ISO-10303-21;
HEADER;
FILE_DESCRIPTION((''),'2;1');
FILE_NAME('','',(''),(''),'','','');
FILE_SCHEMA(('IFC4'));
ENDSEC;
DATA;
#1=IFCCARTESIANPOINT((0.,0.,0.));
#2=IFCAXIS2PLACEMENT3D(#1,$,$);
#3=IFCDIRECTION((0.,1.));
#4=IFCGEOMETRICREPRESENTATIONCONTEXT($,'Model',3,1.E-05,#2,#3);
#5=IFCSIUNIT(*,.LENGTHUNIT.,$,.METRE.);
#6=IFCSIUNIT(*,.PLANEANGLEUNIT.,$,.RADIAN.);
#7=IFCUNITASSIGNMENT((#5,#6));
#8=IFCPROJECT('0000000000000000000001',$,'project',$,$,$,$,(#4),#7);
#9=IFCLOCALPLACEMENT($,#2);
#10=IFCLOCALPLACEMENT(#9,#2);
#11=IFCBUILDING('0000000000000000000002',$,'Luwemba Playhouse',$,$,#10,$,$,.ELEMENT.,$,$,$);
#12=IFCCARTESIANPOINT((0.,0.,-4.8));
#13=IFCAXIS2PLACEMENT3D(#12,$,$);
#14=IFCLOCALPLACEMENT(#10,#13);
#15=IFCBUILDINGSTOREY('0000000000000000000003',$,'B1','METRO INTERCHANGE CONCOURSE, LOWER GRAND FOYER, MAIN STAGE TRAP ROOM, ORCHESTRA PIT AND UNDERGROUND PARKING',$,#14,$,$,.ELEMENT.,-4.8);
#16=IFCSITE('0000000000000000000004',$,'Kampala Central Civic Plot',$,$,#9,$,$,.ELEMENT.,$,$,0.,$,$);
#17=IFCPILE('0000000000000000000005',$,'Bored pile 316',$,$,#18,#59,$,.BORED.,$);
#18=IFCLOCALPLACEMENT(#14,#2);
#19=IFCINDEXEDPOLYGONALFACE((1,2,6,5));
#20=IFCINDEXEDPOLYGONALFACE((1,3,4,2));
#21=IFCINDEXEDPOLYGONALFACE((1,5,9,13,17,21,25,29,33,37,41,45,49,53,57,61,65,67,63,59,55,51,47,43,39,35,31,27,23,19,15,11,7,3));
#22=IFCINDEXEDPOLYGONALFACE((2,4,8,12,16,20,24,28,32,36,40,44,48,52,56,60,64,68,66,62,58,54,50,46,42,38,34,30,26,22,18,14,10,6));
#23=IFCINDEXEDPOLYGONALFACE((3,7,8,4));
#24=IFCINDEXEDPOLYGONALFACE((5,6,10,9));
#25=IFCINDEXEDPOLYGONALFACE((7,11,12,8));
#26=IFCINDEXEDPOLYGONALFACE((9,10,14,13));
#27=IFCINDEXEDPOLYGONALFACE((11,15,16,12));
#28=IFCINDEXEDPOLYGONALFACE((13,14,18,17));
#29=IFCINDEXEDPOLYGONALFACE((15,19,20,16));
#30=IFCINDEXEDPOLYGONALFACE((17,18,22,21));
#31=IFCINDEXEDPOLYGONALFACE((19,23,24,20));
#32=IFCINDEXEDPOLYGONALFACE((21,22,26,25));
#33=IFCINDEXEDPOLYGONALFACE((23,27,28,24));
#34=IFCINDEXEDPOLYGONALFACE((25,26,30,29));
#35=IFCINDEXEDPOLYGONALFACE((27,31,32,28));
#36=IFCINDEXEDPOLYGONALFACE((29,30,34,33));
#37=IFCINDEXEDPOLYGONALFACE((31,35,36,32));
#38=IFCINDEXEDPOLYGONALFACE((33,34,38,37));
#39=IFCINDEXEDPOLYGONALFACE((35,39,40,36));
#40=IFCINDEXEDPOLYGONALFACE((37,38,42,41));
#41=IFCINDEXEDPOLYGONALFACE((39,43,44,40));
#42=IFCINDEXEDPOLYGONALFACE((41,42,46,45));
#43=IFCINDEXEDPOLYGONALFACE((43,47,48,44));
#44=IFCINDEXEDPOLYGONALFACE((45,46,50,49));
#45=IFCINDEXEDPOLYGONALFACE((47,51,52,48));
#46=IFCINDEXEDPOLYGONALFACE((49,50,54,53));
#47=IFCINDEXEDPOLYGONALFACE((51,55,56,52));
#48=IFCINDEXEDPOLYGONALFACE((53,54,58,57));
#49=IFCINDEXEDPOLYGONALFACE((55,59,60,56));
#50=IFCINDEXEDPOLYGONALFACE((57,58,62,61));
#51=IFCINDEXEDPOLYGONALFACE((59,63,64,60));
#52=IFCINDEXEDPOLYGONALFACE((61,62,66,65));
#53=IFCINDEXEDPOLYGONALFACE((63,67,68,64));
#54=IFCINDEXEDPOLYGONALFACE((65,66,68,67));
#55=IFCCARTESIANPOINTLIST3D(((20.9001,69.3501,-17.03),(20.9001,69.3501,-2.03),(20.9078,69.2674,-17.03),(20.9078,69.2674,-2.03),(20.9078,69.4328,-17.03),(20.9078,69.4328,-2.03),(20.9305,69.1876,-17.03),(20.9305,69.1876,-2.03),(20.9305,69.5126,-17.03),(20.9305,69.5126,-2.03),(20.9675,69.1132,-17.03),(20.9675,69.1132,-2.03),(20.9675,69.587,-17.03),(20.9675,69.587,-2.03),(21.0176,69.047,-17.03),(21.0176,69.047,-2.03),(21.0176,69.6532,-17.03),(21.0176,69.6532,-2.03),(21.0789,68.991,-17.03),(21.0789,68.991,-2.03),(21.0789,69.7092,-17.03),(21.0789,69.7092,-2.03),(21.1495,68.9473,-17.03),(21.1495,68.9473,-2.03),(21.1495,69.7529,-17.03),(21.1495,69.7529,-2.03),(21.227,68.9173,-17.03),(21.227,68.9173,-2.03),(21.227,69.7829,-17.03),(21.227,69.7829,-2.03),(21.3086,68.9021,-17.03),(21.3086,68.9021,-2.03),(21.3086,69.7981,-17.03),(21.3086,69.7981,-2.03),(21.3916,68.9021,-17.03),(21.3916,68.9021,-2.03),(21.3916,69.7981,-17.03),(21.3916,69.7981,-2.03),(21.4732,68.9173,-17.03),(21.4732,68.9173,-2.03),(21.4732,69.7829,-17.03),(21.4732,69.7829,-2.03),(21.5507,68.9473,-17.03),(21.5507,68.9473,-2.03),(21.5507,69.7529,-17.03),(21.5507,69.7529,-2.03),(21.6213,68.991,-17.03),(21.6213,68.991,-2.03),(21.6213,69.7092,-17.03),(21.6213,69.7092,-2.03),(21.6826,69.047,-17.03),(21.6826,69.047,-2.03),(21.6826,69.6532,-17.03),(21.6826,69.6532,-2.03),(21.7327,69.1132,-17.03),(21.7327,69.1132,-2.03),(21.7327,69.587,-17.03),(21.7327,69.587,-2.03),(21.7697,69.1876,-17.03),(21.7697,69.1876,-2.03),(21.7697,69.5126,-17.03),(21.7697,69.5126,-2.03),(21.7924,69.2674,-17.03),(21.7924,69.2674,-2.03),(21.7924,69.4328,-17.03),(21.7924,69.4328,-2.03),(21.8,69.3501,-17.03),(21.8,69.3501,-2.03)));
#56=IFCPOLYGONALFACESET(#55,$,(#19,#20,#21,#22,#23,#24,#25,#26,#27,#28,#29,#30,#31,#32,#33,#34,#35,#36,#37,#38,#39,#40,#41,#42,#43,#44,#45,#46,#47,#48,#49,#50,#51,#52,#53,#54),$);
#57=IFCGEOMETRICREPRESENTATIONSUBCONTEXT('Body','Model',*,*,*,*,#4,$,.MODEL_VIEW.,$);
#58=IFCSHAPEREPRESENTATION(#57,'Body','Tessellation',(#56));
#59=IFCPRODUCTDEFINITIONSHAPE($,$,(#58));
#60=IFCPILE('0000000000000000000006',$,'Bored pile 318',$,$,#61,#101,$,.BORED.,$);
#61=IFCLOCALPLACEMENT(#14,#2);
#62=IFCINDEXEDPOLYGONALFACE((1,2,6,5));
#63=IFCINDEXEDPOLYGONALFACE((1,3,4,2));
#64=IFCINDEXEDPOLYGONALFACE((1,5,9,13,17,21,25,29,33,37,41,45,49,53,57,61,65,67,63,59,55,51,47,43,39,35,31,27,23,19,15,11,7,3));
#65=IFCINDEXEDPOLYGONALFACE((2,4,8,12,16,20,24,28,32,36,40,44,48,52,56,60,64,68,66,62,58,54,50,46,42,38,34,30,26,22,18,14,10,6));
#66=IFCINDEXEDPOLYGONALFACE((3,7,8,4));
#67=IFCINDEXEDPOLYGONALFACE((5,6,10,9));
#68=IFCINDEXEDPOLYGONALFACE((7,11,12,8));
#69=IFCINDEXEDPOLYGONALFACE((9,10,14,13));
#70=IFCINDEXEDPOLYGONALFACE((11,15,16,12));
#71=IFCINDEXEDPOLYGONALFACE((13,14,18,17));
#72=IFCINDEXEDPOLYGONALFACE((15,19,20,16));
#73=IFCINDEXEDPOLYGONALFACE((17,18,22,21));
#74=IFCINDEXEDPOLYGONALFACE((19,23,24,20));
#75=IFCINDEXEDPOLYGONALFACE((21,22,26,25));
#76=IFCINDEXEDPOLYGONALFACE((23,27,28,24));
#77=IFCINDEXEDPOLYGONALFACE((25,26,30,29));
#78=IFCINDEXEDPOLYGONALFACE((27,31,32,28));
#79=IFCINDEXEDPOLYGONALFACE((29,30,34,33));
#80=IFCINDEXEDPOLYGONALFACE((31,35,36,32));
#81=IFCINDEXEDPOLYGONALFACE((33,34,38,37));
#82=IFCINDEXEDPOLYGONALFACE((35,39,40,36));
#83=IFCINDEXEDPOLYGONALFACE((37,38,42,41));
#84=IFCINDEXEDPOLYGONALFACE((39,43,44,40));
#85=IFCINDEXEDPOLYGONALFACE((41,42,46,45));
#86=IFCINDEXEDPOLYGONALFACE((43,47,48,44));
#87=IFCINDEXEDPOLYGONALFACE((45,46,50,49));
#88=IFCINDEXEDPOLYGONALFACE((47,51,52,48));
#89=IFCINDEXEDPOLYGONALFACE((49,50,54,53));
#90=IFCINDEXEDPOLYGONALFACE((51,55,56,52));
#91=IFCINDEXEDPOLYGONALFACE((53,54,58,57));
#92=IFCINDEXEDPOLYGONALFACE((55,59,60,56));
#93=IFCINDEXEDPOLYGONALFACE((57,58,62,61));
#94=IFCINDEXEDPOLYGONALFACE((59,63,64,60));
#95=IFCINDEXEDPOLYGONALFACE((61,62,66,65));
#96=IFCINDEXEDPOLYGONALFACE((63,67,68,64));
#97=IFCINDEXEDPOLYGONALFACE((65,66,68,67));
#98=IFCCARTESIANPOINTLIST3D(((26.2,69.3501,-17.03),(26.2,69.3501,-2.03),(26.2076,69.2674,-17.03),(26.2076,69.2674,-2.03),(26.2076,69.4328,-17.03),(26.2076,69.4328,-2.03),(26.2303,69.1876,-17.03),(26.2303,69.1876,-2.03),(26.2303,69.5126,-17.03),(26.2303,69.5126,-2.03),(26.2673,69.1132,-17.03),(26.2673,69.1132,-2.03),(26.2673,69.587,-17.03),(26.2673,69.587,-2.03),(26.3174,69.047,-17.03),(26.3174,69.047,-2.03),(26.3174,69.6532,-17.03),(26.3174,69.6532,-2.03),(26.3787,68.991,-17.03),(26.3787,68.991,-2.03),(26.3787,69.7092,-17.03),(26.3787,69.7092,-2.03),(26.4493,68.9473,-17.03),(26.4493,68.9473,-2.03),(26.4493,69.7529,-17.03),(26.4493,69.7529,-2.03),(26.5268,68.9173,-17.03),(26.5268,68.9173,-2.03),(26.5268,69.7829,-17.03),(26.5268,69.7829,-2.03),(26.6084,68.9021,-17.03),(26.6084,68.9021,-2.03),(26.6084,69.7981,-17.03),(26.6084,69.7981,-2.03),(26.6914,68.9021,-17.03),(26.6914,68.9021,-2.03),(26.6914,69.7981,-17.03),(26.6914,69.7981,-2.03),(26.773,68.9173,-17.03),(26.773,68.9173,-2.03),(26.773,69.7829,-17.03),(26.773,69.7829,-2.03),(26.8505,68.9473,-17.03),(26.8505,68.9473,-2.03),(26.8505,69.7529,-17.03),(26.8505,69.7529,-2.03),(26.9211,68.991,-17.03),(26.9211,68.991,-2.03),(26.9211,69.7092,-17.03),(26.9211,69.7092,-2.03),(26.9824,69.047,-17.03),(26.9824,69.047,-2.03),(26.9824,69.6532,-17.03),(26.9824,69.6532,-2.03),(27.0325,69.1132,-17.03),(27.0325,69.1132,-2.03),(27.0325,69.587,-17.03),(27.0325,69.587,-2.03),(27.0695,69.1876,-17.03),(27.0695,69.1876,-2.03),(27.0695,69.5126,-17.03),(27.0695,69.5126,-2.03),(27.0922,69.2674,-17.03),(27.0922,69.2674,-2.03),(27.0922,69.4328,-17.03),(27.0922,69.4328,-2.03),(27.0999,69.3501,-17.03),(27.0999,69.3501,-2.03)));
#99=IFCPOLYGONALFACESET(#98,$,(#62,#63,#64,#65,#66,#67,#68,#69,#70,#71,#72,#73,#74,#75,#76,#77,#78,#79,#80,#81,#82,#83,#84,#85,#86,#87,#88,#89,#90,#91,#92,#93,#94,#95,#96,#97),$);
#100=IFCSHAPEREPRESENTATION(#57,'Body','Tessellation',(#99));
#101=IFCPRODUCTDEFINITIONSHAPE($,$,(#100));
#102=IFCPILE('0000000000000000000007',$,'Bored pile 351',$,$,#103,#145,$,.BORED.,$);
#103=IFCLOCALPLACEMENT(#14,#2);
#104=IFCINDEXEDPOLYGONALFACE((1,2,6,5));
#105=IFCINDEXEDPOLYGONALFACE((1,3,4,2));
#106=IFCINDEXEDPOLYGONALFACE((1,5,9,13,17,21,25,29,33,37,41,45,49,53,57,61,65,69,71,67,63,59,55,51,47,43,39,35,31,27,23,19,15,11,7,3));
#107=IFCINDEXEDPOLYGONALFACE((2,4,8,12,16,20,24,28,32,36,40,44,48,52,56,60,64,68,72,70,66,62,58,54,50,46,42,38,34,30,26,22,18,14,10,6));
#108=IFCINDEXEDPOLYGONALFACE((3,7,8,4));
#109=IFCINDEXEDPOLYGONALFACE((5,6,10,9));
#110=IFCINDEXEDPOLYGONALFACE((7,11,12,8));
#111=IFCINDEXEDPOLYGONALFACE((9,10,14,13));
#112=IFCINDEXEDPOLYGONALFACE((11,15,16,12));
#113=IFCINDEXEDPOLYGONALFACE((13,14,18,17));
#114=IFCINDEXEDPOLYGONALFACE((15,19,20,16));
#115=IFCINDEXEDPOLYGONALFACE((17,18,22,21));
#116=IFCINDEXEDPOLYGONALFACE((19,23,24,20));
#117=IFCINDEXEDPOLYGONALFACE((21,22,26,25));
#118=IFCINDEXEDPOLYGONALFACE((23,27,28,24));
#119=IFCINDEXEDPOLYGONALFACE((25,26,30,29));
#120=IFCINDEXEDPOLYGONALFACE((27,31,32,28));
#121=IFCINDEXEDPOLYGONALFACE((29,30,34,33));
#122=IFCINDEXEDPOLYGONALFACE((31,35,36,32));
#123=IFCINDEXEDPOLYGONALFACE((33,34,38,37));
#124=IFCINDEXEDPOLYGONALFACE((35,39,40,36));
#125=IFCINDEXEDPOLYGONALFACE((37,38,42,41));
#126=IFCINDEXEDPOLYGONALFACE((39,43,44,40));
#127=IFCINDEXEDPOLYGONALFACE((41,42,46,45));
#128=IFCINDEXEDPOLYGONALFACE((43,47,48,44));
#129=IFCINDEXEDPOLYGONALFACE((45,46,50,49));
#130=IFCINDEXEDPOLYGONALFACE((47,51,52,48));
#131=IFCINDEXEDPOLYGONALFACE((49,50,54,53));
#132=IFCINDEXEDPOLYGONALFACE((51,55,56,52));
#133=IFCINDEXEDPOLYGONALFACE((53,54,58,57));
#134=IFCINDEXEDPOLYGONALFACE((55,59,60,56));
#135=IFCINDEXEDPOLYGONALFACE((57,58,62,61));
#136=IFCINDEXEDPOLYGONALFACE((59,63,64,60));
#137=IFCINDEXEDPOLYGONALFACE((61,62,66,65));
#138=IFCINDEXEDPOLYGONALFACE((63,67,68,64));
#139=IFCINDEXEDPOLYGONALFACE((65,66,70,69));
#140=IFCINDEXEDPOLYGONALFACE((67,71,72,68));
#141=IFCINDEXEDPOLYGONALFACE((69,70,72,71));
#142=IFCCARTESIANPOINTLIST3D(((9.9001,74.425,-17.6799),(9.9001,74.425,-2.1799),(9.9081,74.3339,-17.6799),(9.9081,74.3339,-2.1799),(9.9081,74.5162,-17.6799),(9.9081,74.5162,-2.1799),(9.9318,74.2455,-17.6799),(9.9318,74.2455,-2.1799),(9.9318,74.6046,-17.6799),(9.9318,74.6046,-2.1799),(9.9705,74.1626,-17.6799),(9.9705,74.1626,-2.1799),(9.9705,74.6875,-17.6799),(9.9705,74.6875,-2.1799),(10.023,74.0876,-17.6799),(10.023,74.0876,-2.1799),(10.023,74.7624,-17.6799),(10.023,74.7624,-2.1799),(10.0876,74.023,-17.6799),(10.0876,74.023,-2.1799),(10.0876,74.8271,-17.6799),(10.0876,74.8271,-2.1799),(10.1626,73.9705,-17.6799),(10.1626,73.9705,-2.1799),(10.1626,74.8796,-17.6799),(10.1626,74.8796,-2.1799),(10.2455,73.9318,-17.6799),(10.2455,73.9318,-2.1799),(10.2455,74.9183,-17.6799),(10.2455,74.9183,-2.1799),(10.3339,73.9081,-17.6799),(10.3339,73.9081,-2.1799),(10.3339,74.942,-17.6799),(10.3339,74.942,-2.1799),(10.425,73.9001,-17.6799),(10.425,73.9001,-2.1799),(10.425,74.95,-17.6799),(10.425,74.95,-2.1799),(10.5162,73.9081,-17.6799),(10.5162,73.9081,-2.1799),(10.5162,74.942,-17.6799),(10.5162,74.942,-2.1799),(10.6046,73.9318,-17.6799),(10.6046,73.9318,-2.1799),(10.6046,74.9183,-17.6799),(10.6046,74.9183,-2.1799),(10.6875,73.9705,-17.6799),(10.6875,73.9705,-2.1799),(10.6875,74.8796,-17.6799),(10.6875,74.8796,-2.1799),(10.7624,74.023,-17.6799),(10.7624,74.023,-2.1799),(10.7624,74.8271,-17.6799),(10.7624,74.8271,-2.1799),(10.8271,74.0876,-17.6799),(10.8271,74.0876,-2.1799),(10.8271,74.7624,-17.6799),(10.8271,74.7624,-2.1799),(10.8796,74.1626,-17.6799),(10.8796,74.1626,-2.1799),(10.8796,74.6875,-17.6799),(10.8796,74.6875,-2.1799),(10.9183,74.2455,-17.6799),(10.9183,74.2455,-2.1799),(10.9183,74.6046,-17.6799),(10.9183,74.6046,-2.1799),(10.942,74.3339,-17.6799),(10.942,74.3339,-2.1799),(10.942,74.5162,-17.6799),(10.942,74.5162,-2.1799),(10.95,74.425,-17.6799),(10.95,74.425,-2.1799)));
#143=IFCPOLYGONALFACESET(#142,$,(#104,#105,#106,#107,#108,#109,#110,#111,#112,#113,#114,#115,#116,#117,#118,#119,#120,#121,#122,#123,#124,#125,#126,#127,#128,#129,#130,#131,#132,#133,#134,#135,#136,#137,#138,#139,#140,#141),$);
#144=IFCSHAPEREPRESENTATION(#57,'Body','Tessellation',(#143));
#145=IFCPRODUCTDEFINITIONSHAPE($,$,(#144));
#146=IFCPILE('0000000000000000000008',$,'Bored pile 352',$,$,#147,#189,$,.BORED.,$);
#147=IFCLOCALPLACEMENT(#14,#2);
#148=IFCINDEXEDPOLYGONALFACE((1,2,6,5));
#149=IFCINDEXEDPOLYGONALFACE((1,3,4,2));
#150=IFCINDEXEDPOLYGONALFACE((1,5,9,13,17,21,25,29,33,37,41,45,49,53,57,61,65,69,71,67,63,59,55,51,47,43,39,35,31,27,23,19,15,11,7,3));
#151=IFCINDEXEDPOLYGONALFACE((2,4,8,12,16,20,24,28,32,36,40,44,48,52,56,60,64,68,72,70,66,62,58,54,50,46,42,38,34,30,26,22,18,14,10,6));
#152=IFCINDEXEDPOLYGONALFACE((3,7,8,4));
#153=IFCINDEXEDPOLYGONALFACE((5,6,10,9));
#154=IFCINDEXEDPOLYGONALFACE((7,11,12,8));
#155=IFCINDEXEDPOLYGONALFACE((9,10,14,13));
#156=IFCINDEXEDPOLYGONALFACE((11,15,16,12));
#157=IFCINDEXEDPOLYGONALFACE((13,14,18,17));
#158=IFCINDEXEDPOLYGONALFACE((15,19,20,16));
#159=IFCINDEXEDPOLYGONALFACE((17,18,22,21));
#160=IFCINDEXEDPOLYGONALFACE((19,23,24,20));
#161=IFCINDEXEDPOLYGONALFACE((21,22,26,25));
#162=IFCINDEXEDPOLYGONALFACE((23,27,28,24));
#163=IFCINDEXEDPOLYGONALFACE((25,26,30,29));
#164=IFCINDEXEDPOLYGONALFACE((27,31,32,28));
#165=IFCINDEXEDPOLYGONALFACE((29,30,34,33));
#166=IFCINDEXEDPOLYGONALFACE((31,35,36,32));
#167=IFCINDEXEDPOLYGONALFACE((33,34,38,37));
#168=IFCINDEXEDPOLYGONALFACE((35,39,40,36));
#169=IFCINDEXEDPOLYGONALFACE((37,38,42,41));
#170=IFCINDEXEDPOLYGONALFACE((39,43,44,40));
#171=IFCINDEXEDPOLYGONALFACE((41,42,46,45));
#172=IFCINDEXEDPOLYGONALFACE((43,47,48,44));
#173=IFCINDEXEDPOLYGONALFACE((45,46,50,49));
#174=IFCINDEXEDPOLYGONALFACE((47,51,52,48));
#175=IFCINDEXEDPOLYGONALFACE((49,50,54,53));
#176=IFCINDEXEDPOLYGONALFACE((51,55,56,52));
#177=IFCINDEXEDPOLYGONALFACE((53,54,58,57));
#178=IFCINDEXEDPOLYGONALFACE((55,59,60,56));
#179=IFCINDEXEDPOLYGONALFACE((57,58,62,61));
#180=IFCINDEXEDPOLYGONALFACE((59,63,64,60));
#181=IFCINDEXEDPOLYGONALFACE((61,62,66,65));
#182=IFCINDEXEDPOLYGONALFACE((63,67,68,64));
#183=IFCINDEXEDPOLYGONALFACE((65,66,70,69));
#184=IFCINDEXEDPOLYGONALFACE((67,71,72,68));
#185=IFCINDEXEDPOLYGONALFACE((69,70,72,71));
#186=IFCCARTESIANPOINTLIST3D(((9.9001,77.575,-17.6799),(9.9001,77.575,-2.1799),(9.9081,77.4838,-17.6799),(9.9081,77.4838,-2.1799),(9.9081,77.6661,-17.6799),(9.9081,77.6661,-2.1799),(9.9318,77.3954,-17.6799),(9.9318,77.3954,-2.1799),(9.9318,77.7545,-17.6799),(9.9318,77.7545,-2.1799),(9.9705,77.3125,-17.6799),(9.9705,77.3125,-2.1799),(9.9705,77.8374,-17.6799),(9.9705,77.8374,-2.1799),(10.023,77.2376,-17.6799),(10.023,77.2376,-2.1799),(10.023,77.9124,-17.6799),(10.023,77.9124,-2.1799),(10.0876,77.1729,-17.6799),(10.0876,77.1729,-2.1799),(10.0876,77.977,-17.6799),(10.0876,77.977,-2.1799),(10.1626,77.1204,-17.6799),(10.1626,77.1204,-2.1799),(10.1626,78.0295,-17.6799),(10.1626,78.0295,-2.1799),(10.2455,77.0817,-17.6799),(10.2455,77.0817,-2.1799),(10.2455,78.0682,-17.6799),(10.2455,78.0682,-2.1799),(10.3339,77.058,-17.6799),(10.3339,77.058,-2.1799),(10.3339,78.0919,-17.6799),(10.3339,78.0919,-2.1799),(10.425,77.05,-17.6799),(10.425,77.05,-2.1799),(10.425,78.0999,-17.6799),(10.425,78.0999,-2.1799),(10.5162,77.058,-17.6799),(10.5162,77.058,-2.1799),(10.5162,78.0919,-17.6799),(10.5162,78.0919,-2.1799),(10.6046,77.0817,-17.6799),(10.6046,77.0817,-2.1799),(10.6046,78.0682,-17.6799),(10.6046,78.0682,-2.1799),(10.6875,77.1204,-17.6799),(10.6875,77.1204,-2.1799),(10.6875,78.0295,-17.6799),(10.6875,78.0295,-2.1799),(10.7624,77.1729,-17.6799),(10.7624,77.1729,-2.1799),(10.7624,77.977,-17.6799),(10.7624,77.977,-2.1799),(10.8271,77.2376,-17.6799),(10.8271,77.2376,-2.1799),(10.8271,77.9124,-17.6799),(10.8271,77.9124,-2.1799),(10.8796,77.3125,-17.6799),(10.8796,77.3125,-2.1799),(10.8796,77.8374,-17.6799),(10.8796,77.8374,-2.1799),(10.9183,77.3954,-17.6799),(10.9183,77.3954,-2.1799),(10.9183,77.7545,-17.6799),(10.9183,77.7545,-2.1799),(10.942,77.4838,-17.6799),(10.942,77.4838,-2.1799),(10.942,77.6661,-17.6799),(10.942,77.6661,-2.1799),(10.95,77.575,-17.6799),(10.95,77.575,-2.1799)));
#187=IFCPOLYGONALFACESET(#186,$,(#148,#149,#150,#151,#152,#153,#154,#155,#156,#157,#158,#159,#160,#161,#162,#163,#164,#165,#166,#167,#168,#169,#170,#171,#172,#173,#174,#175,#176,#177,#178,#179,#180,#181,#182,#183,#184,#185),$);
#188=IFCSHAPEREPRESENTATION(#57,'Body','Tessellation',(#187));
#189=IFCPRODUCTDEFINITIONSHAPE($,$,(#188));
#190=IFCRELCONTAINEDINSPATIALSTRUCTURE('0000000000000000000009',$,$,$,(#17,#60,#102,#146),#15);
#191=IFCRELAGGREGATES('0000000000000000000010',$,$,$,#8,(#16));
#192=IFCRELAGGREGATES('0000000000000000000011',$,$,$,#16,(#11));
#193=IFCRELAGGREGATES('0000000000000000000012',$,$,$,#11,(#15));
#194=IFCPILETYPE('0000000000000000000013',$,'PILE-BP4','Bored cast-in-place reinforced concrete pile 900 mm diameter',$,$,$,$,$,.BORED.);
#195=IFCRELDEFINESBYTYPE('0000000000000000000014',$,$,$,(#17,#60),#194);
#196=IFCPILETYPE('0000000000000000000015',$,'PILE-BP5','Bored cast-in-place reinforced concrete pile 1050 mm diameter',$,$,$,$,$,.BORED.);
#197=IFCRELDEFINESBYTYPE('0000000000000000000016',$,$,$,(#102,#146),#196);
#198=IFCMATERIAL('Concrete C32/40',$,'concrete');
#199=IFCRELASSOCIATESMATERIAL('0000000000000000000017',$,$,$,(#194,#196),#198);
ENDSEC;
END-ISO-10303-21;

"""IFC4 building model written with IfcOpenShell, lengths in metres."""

from ifc_helpers import new_model, si_unit, direction, frame, origin, origin_2d, place, context, subcontext, project, spatial, circle, extrude, material, material_profile, profile_set, type_object, element, save


model = new_model("IFC4")

# Units and contexts
model_context = context("Model", 3, precision=1e-05, world=origin(), true_north=direction((0.0, 1.0)))
body_context = subcontext(model_context, "Body", "Model", "MODEL_VIEW")
ifc_project = project(units=[si_unit("LENGTHUNIT", "METRE"), si_unit("PLANEANGLEUNIT", "RADIAN")], contexts=[model_context])

# Site, building, storey
site_placement = place(None, origin())
site = spatial("IfcSite", under=ifc_project, at=site_placement, Name="Kampala Central Civic Plot", CompositionType="ELEMENT", RefElevation=0.0)
building_placement = place(site_placement, origin())
building = spatial("IfcBuilding", under=site, at=building_placement, Name="Luwemba Playhouse", CompositionType="ELEMENT")
storey_placement = place(building_placement, frame((0.0, 0.0, -4.8)))
storey = spatial("IfcBuildingStorey", under=building, at=storey_placement, Name="B1", Description="METRO INTERCHANGE CONCOURSE, LOWER GRAND FOYER, MAIN STAGE TRAP ROOM, ORCHESTRA PIT AND UNDERGROUND PARKING", CompositionType="ELEMENT", Elevation=-4.8)

# Shared definitions
ifc_material_1 = material(Name="Concrete C32/40", Category="concrete")

# Piles
ifc_material_profile_1 = material_profile(ifc_material_1, circle(Radius=0.45, at=origin_2d()))
ifc_profile_set_1 = profile_set([ifc_material_profile_1], Name="Concrete C32/40")
pile_type_1 = type_object("IfcPileType", Name="PILE-BP4", Description="Bored cast-in-place reinforced concrete pile 900 mm diameter", PredefinedType="BORED", material=ifc_profile_set_1)
for number, where, z_axis, x_axis, name in (
    (1, (21.3501, 69.3501, -2.03), (0.0, 0.0, -1.0), (1.0, 0.0, 0.0), "Bored pile 316"),
    (2, (26.6499, 69.3501, -2.03), (0.0, 0.0, -1.0), (1.0, 0.0, 0.0), "Bored pile 318"),
):
    element("IfcPile", number, at=place(storey_placement, frame(where, z_axis=z_axis, x_axis=x_axis)), inside=storey, type_object=pile_type_1, Name=name, PredefinedType="BORED", context=body_context, shape_type="SweptSolid", body=[
        extrude(circle(Radius=0.45, at=origin_2d()), origin(), (0.0, 0.0, 1.0), 15.0),
    ])
ifc_material_profile_2 = material_profile(ifc_material_1, circle(Radius=0.5249, at=origin_2d()))
ifc_profile_set_2 = profile_set([ifc_material_profile_2], Name="Concrete C32/40")
pile_type_2 = type_object("IfcPileType", Name="PILE-BP5", Description="Bored cast-in-place reinforced concrete pile 1050 mm diameter", PredefinedType="BORED", material=ifc_profile_set_2)
for number, where, z_axis, x_axis, name in (
    (3, (10.425, 74.425, -2.1799), (0.0, 0.0, -1.0), (1.0, 0.0, 0.0), "Bored pile 351"),
    (4, (10.425, 77.575, -2.1799), (0.0, 0.0, -1.0), (1.0, 0.0, 0.0), "Bored pile 352"),
):
    element("IfcPile", number, at=place(storey_placement, frame(where, z_axis=z_axis, x_axis=x_axis)), inside=storey, type_object=pile_type_2, Name=name, PredefinedType="BORED", context=body_context, shape_type="SweptSolid", body=[
        extrude(circle(Radius=0.5249, at=origin_2d()), origin(), (0.0, 0.0, 1.0), 15.5),
    ])

save(model, "model.ifc")
